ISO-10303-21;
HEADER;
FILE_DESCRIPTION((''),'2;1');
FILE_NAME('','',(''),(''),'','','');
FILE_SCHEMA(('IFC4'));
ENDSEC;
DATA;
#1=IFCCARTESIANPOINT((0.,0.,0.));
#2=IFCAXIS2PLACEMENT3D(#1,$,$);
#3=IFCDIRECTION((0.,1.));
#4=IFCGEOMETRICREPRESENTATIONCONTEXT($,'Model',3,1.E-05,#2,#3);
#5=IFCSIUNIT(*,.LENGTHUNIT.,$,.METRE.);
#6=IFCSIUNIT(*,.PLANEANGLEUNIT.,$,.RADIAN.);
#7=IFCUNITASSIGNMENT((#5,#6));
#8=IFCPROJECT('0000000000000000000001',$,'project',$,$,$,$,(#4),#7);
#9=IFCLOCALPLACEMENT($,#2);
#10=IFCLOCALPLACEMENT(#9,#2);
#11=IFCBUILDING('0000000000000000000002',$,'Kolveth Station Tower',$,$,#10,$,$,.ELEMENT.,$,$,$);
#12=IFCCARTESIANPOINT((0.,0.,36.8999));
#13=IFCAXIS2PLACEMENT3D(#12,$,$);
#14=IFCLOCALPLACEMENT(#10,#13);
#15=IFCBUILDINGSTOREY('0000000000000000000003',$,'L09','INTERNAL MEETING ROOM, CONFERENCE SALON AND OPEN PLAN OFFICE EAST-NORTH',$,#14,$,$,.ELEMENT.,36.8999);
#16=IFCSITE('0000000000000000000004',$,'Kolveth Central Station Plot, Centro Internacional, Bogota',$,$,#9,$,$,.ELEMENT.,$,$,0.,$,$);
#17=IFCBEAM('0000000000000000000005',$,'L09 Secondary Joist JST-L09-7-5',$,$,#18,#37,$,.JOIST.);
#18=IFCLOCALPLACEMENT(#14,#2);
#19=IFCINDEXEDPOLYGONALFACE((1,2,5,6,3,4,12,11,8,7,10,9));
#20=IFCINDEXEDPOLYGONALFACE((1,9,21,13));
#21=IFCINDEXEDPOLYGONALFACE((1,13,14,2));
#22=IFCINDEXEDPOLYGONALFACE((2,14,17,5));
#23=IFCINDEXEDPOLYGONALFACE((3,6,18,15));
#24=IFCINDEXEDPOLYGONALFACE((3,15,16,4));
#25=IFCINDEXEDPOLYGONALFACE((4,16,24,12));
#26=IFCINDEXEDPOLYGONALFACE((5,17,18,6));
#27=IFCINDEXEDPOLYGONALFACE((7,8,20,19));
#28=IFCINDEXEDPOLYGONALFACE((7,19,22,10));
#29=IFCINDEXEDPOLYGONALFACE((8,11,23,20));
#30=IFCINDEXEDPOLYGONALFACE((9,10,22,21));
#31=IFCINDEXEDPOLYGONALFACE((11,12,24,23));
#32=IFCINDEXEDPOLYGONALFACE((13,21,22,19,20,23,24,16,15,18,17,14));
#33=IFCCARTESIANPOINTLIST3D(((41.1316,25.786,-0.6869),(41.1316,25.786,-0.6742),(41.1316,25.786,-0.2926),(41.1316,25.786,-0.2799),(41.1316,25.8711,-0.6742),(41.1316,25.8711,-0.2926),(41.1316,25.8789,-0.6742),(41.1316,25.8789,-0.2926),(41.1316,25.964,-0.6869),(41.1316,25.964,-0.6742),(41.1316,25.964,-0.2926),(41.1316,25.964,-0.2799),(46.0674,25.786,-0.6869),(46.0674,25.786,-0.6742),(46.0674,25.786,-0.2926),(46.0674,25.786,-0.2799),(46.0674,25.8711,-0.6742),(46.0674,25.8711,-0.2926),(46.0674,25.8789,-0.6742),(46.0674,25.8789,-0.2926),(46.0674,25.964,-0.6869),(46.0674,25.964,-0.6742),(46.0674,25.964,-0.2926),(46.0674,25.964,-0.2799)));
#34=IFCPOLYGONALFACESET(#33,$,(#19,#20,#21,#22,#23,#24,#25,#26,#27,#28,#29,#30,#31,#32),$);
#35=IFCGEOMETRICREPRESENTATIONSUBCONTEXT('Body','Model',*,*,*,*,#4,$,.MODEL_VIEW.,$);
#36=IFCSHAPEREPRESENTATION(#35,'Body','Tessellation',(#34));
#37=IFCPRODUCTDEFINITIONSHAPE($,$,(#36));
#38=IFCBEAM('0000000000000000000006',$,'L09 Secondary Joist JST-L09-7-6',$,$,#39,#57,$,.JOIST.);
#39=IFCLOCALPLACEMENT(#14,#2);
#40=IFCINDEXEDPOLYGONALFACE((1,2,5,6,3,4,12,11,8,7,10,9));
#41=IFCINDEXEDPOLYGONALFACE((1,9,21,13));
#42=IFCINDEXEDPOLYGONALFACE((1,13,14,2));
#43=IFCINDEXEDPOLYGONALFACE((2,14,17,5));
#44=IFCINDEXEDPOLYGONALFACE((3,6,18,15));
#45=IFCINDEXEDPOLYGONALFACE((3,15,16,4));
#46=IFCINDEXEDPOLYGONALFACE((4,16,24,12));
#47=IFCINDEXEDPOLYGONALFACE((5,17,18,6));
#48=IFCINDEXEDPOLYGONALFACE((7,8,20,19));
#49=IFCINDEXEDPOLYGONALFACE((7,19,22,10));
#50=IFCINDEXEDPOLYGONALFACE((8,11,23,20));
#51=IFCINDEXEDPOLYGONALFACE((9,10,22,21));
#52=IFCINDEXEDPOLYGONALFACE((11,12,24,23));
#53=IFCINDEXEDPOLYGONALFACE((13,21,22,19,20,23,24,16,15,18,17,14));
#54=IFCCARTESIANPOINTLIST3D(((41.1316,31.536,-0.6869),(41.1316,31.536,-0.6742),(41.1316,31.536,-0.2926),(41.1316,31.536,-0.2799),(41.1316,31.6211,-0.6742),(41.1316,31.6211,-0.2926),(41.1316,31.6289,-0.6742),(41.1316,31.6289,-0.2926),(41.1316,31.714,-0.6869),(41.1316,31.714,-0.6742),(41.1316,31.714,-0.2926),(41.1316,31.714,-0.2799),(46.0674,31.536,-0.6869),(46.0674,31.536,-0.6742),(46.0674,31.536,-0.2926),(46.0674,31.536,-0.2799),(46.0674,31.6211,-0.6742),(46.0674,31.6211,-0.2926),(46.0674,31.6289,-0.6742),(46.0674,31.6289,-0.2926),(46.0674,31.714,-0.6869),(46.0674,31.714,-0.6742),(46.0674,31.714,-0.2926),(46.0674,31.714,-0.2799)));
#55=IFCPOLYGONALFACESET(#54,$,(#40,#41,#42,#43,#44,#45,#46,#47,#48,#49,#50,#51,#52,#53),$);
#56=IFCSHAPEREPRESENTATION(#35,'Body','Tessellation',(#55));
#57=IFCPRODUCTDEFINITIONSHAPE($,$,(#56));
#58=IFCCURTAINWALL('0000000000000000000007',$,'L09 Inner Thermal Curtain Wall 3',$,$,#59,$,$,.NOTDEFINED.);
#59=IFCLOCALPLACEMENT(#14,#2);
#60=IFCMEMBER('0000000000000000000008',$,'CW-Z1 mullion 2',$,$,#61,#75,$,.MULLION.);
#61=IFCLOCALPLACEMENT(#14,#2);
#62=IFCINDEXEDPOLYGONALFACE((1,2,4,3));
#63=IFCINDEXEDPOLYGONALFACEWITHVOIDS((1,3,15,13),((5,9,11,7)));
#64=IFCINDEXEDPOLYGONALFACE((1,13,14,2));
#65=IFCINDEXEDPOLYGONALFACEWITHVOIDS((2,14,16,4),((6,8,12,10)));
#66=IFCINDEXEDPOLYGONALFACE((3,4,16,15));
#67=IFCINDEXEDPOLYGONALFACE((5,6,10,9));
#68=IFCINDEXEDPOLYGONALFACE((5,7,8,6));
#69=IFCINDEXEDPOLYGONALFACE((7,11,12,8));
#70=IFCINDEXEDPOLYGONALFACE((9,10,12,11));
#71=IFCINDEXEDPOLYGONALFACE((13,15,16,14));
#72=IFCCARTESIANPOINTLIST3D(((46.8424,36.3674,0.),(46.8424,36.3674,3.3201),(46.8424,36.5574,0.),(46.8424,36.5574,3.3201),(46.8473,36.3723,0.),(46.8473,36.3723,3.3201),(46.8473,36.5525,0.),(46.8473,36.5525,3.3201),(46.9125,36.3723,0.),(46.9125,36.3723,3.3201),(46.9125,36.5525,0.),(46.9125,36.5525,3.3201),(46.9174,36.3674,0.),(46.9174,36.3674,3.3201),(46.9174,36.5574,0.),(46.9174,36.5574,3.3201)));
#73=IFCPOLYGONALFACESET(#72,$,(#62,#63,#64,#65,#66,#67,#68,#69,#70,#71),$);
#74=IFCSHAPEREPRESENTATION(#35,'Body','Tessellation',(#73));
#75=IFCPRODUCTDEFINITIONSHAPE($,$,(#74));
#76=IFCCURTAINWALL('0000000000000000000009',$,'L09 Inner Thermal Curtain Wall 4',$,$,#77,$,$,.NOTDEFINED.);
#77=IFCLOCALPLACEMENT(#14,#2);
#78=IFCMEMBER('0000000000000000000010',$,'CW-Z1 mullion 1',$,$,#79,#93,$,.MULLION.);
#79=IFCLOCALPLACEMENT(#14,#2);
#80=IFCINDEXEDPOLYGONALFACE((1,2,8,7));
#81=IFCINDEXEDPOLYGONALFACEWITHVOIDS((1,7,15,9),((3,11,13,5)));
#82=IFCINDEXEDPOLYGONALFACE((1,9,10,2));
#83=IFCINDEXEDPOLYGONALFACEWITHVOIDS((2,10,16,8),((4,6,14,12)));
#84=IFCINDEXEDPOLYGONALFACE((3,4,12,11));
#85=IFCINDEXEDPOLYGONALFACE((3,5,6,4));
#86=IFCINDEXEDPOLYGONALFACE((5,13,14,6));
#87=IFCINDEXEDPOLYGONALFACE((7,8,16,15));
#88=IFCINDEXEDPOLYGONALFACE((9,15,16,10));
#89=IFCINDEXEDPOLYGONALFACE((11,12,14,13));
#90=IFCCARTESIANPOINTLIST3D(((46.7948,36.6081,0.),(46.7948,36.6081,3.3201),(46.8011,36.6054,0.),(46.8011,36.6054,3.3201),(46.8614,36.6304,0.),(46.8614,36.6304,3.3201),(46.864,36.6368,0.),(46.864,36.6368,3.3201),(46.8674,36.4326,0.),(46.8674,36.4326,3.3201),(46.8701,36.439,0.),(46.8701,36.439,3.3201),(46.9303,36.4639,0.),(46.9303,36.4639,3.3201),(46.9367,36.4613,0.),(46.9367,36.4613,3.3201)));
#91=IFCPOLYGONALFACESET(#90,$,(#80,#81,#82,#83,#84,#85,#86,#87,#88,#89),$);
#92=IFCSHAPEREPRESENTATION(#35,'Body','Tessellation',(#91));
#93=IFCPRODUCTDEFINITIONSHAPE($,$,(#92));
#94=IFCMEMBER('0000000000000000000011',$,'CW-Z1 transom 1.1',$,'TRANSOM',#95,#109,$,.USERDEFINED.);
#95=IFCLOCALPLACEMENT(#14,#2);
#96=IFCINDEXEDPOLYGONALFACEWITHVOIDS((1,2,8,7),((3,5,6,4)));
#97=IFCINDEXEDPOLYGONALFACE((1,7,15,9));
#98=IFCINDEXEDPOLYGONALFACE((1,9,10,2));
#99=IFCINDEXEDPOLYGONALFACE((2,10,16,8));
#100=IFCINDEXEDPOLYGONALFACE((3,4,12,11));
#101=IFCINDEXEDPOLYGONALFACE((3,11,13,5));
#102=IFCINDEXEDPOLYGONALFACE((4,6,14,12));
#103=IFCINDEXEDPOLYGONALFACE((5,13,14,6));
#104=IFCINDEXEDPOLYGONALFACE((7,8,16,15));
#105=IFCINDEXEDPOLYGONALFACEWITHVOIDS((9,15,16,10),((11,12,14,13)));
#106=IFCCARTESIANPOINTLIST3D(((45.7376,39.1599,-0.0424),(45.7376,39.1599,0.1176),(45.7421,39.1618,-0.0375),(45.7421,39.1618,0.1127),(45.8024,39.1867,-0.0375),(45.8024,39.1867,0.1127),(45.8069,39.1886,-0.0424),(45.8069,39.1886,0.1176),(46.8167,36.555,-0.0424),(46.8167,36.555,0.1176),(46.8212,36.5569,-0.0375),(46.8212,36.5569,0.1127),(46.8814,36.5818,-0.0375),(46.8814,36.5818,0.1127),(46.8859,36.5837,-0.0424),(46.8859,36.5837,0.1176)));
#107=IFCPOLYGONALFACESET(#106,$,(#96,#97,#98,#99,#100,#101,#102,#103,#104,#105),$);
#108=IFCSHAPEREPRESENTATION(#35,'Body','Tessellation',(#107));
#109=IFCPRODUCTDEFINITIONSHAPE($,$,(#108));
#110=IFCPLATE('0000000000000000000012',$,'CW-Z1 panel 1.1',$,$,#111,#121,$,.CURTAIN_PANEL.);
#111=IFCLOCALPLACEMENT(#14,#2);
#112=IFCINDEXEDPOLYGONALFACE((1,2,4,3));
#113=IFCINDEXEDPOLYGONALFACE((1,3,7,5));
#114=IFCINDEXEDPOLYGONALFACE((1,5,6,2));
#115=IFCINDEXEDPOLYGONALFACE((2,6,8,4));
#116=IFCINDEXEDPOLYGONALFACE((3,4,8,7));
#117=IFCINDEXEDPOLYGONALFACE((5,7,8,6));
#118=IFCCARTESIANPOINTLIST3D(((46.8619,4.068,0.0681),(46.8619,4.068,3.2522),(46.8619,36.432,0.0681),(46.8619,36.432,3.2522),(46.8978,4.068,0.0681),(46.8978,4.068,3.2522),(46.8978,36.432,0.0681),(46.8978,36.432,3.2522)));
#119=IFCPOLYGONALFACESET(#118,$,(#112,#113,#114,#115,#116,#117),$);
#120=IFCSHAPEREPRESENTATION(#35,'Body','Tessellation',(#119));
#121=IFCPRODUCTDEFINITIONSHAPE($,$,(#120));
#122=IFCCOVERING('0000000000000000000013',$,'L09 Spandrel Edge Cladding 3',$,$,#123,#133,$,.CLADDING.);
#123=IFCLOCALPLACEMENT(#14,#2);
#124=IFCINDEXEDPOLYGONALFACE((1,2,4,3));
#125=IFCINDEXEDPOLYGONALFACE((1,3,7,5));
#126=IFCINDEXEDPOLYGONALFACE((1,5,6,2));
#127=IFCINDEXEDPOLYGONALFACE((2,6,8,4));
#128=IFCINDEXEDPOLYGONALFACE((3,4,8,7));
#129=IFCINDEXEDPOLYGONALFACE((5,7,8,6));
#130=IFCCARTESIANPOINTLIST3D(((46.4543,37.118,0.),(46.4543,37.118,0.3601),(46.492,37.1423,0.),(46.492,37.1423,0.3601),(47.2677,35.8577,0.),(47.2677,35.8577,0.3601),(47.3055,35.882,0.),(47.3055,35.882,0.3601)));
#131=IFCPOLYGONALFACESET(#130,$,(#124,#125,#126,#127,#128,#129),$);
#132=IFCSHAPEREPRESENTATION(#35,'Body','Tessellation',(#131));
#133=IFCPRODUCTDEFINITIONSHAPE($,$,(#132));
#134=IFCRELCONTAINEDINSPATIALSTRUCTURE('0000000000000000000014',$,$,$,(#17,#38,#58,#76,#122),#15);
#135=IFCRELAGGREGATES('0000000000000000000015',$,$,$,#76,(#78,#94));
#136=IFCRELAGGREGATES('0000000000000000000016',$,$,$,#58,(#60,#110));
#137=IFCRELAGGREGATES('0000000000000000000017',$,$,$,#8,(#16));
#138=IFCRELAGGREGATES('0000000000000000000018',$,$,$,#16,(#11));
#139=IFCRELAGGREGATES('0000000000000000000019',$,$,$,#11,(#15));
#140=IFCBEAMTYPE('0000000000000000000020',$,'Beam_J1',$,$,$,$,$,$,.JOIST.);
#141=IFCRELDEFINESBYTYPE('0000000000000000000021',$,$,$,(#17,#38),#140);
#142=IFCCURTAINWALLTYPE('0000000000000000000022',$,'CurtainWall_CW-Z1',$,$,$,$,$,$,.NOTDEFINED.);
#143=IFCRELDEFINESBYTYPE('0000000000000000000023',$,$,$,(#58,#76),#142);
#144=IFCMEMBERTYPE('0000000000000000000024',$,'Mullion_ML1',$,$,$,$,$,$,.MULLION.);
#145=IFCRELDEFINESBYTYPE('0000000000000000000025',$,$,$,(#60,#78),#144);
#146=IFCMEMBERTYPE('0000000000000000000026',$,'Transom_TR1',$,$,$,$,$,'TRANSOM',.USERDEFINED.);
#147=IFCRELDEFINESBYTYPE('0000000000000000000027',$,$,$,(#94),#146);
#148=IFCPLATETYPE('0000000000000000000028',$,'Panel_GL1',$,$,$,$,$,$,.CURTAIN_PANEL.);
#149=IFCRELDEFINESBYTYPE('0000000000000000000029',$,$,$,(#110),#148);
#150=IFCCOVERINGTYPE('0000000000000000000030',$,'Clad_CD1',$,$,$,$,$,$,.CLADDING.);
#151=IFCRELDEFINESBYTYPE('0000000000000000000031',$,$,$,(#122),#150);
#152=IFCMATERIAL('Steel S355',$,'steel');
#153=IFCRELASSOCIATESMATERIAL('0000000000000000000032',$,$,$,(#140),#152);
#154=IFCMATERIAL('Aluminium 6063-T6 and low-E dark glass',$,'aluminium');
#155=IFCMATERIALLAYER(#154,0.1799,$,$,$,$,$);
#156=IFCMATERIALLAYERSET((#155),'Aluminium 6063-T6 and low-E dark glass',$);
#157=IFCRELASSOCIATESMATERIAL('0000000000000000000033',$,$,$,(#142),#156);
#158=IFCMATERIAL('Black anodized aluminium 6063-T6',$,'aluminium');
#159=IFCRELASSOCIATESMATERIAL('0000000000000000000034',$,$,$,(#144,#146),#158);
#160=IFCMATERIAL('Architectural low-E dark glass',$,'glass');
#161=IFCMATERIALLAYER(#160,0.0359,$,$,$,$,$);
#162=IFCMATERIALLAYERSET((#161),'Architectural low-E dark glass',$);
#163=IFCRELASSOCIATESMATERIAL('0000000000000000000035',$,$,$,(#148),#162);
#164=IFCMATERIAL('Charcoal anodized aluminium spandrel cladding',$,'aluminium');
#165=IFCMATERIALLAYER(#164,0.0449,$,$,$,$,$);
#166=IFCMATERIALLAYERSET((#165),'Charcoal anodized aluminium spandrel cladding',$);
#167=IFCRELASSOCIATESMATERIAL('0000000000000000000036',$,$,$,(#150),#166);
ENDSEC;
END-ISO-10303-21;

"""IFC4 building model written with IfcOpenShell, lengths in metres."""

from ifc_helpers import new_model, si_unit, direction, frame, origin, origin_2d, place, context, subcontext, project, spatial, rectangle, hollow_rectangle, i_section, extrude, source, transform, mapped, material, layer, layer_set, material_profile, profile_set, type_object, element, aggregate, save


model = new_model("IFC4")

# Units and contexts
model_context = context("Model", 3, precision=1e-05, world=origin(), true_north=direction((0.0, 1.0)))
body_context = subcontext(model_context, "Body", "Model", "MODEL_VIEW")
ifc_project = project(units=[si_unit("LENGTHUNIT", "METRE"), si_unit("PLANEANGLEUNIT", "RADIAN")], contexts=[model_context])

# Site, building, storey
site_placement = place(None, origin())
site = spatial("IfcSite", under=ifc_project, at=site_placement, Name="Kolveth Central Station Plot, Centro Internacional, Bogota", CompositionType="ELEMENT", RefElevation=0.0)
building_placement = place(site_placement, origin())
building = spatial("IfcBuilding", under=site, at=building_placement, Name="Kolveth Station Tower", CompositionType="ELEMENT")
storey_placement = place(building_placement, frame((0.0, 0.0, 36.8999)))
storey = spatial("IfcBuildingStorey", under=building, at=storey_placement, Name="L09", Description="INTERNAL MEETING ROOM, CONFERENCE SALON AND OPEN PLAN OFFICE EAST-NORTH", CompositionType="ELEMENT", Elevation=36.8999)

# Shared definitions
ifc_material_1 = material(Name="Steel S355", Category="steel")

# Beams
ifc_material_profile_1 = material_profile(ifc_material_1, i_section(OverallWidth=0.178, OverallDepth=0.407, WebThickness=0.0078, FlangeThickness=0.0127, at=origin_2d()), Name="W410x60")
ifc_profile_set_1 = profile_set([ifc_material_profile_1], Name="Steel S355")
beam_type_1 = type_object("IfcBeamType", Name="Beam_J1", PredefinedType="JOIST", material=ifc_profile_set_1)
shared_shape_1 = source(origin(), body_context, "Body", "SweptSolid", [
    extrude(i_section(OverallWidth=0.178, OverallDepth=0.407, WebThickness=0.0078, FlangeThickness=0.0127, at=origin_2d()), origin(), (0.0, 0.0, 1.0), 4.9358),
])
for number, where, z_axis, x_axis, name in (
    (1, (41.1316, 25.875, -0.4834), (1.0, 0.0, 0.0), (0.0, 1.0, 0.0), "L09 Secondary Joist JST-L09-7-5"),
    (2, (41.1316, 31.625, -0.4834), (1.0, 0.0, 0.0), (0.0, 1.0, 0.0), "L09 Secondary Joist JST-L09-7-6"),
):
    element("IfcBeam", number, at=place(storey_placement, frame(where, z_axis=z_axis, x_axis=x_axis)), inside=storey, type_object=beam_type_1, Name=name, PredefinedType="JOIST", context=body_context, shape_type="MappedRepresentation", body=[
        mapped(shared_shape_1, transform((0.0, 0.0, 0.0), x_axis=(1.0, 0.0, 0.0), y_axis=(0.0, 1.0, 0.0), z_axis=(0.0, 0.0, 1.0), scale=1.0)),
    ])

# Curtain wall, member
ifc_material_2 = material(Name="Aluminium 6063-T6 and low-E dark glass", Category="aluminium")
ifc_layer_1 = layer(ifc_material_2, 0.1799)
ifc_layer_set_1 = layer_set([ifc_layer_1], Name="Aluminium 6063-T6 and low-E dark glass")
curtain_wall_type = type_object("IfcCurtainWallType", Name="CurtainWall_CW-Z1", PredefinedType="NOTDEFINED", material=ifc_layer_set_1)
curtain_wall_1_placement = place(storey_placement, origin())
curtain_wall_1 = element("IfcCurtainWall", 3, at=curtain_wall_1_placement, inside=storey, type_object=curtain_wall_type, Name="L09 Inner Thermal Curtain Wall 3", PredefinedType="NOTDEFINED")
ifc_material_3 = material(Name="Black anodized aluminium 6063-T6", Category="aluminium")
ifc_material_profile_2 = material_profile(ifc_material_3, hollow_rectangle(XDim=0.075, YDim=0.1899, WallThickness=0.0049, at=origin_2d()), Name="ALU-75x190x5")
ifc_profile_set_2 = profile_set([ifc_material_profile_2], Name="Black anodized aluminium 6063-T6")
member_type_1 = type_object("IfcMemberType", Name="Mullion_ML1", PredefinedType="MULLION", material=ifc_profile_set_2)
shared_shape_2 = source(origin(), body_context, "Body", "SweptSolid", [
    extrude(hollow_rectangle(XDim=0.075, YDim=0.1899, WallThickness=0.0049, at=origin_2d()), origin(), (0.0, 0.0, 1.0), 3.3201),
])
member_1_placement = place(storey_placement, frame((46.8799, 36.4624, 0.0), z_axis=(0.0, 0.0, 1.0), x_axis=(-1.0, 0.0, 0.0)))
member_1 = element("IfcMember", 4, at=member_1_placement, type_object=member_type_1, Name="CW-Z1 mullion 2", PredefinedType="MULLION", context=body_context, shape_type="MappedRepresentation", body=[
    mapped(shared_shape_2, transform((0.0, 0.0, 0.0), x_axis=(1.0, 0.0, 0.0), y_axis=(0.0, 1.0, 0.0), z_axis=(0.0, 0.0, 1.0), scale=1.0)),
])

# Curtain wall, members
curtain_wall_2_placement = place(storey_placement, origin())
curtain_wall_2 = element("IfcCurtainWall", 5, at=curtain_wall_2_placement, inside=storey, type_object=curtain_wall_type, Name="L09 Inner Thermal Curtain Wall 4", PredefinedType="NOTDEFINED")
member_2_placement = place(storey_placement, frame((46.8657, 36.5347, 0.0), z_axis=(0.0, 0.0, 1.0), x_axis=(-0.923884, -0.382673, 0.0)))
member_2 = element("IfcMember", 6, at=member_2_placement, type_object=member_type_1, Name="CW-Z1 mullion 1", PredefinedType="MULLION", context=body_context, shape_type="MappedRepresentation", body=[
    mapped(shared_shape_2, transform((0.0, 0.0, 0.0), x_axis=(1.0, 0.0, 0.0), y_axis=(0.0, 1.0, 0.0), z_axis=(0.0, 0.0, 1.0), scale=1.0)),
])
ifc_material_profile_3 = material_profile(ifc_material_3, hollow_rectangle(XDim=0.075, YDim=0.1599, WallThickness=0.0049, at=origin_2d()), Name="ALU-75x160x5")
ifc_profile_set_3 = profile_set([ifc_material_profile_3], Name="Black anodized aluminium 6063-T6")
member_type_2 = type_object("IfcMemberType", Name="Transom_TR1", ElementType="TRANSOM", PredefinedType="USERDEFINED", material=ifc_profile_set_3)
shared_shape_3 = source(origin(), body_context, "Body", "SweptSolid", [
    extrude(hollow_rectangle(XDim=0.075, YDim=0.1599, WallThickness=0.0049, at=origin_2d()), origin(), (0.0, 0.0, 1.0), 2.8196),
])
member_3_placement = place(storey_placement, frame((46.8513, 36.5693, 0.0376), z_axis=(-0.382709, 0.923869, 0.0), x_axis=(-0.923869, -0.382709, 0.0)))
member_3 = element("IfcMember", 7, at=member_3_placement, type_object=member_type_2, Name="CW-Z1 transom 1.1", ObjectType="TRANSOM", PredefinedType="USERDEFINED", context=body_context, shape_type="MappedRepresentation", body=[
    mapped(shared_shape_3, transform((0.0, 0.0, 0.0), x_axis=(1.0, 0.0, 0.0), y_axis=(0.0, 1.0, 0.0), z_axis=(0.0, 0.0, 1.0), scale=1.0)),
])
aggregate(curtain_wall_2, [member_2, member_3])

# Plate
ifc_material_4 = material(Name="Architectural low-E dark glass", Category="glass")
ifc_layer_2 = layer(ifc_material_4, 0.0359)
ifc_layer_set_2 = layer_set([ifc_layer_2], Name="Architectural low-E dark glass")
plate_type = type_object("IfcPlateType", Name="Panel_GL1", PredefinedType="CURTAIN_PANEL", material=ifc_layer_set_2)
shared_shape_4 = source(origin(), body_context, "Body", "SweptSolid", [
    extrude(rectangle(XDim=32.364, YDim=0.0359, at=origin_2d()), origin(), (0.0, 0.0, 1.0), 3.1841),
])
plate_placement = place(storey_placement, frame((46.8799, 20.25, 0.0681), z_axis=(0.0, 0.0, 1.0), x_axis=(0.0, 1.0, 0.0)))
plate = element("IfcPlate", 8, at=plate_placement, type_object=plate_type, Name="CW-Z1 panel 1.1", PredefinedType="CURTAIN_PANEL", context=body_context, shape_type="MappedRepresentation", body=[
    mapped(shared_shape_4, transform((0.0, 0.0, 0.0), x_axis=(1.0, 0.0, 0.0), y_axis=(0.0, 1.0, 0.0), z_axis=(0.0, 0.0, 1.0), scale=1.0)),
])
aggregate(curtain_wall_1, [member_1, plate])

# Covering
ifc_material_5 = material(Name="Charcoal anodized aluminium spandrel cladding", Category="aluminium")
ifc_layer_3 = layer(ifc_material_5, 0.0449)
ifc_layer_set_3 = layer_set([ifc_layer_3], Name="Charcoal anodized aluminium spandrel cladding")
covering_type = type_object("IfcCoveringType", Name="Clad_CD1", PredefinedType="CLADDING", material=ifc_layer_set_3)
shared_shape_5 = source(origin(), body_context, "Body", "SweptSolid", [
    extrude(rectangle(XDim=1.5, YDim=0.0449, at=origin_2d()), origin(), (0.0, 0.0, 1.0), 0.3601),
])
covering_placement = place(storey_placement, frame((46.8799, 36.5, 0.0), z_axis=(0.0, 0.0, 1.0), x_axis=(-0.542295, 0.840188, 0.0)))
element("IfcCovering", 9, at=covering_placement, inside=storey, type_object=covering_type, Name="L09 Spandrel Edge Cladding 3", PredefinedType="CLADDING", context=body_context, shape_type="MappedRepresentation", body=[
    mapped(shared_shape_5, transform((0.0, 0.0, 0.0), x_axis=(1.0, 0.0, 0.0), y_axis=(0.0, 1.0, 0.0), z_axis=(0.0, 0.0, 1.0), scale=1.0)),
])

save(model, "model.ifc")
